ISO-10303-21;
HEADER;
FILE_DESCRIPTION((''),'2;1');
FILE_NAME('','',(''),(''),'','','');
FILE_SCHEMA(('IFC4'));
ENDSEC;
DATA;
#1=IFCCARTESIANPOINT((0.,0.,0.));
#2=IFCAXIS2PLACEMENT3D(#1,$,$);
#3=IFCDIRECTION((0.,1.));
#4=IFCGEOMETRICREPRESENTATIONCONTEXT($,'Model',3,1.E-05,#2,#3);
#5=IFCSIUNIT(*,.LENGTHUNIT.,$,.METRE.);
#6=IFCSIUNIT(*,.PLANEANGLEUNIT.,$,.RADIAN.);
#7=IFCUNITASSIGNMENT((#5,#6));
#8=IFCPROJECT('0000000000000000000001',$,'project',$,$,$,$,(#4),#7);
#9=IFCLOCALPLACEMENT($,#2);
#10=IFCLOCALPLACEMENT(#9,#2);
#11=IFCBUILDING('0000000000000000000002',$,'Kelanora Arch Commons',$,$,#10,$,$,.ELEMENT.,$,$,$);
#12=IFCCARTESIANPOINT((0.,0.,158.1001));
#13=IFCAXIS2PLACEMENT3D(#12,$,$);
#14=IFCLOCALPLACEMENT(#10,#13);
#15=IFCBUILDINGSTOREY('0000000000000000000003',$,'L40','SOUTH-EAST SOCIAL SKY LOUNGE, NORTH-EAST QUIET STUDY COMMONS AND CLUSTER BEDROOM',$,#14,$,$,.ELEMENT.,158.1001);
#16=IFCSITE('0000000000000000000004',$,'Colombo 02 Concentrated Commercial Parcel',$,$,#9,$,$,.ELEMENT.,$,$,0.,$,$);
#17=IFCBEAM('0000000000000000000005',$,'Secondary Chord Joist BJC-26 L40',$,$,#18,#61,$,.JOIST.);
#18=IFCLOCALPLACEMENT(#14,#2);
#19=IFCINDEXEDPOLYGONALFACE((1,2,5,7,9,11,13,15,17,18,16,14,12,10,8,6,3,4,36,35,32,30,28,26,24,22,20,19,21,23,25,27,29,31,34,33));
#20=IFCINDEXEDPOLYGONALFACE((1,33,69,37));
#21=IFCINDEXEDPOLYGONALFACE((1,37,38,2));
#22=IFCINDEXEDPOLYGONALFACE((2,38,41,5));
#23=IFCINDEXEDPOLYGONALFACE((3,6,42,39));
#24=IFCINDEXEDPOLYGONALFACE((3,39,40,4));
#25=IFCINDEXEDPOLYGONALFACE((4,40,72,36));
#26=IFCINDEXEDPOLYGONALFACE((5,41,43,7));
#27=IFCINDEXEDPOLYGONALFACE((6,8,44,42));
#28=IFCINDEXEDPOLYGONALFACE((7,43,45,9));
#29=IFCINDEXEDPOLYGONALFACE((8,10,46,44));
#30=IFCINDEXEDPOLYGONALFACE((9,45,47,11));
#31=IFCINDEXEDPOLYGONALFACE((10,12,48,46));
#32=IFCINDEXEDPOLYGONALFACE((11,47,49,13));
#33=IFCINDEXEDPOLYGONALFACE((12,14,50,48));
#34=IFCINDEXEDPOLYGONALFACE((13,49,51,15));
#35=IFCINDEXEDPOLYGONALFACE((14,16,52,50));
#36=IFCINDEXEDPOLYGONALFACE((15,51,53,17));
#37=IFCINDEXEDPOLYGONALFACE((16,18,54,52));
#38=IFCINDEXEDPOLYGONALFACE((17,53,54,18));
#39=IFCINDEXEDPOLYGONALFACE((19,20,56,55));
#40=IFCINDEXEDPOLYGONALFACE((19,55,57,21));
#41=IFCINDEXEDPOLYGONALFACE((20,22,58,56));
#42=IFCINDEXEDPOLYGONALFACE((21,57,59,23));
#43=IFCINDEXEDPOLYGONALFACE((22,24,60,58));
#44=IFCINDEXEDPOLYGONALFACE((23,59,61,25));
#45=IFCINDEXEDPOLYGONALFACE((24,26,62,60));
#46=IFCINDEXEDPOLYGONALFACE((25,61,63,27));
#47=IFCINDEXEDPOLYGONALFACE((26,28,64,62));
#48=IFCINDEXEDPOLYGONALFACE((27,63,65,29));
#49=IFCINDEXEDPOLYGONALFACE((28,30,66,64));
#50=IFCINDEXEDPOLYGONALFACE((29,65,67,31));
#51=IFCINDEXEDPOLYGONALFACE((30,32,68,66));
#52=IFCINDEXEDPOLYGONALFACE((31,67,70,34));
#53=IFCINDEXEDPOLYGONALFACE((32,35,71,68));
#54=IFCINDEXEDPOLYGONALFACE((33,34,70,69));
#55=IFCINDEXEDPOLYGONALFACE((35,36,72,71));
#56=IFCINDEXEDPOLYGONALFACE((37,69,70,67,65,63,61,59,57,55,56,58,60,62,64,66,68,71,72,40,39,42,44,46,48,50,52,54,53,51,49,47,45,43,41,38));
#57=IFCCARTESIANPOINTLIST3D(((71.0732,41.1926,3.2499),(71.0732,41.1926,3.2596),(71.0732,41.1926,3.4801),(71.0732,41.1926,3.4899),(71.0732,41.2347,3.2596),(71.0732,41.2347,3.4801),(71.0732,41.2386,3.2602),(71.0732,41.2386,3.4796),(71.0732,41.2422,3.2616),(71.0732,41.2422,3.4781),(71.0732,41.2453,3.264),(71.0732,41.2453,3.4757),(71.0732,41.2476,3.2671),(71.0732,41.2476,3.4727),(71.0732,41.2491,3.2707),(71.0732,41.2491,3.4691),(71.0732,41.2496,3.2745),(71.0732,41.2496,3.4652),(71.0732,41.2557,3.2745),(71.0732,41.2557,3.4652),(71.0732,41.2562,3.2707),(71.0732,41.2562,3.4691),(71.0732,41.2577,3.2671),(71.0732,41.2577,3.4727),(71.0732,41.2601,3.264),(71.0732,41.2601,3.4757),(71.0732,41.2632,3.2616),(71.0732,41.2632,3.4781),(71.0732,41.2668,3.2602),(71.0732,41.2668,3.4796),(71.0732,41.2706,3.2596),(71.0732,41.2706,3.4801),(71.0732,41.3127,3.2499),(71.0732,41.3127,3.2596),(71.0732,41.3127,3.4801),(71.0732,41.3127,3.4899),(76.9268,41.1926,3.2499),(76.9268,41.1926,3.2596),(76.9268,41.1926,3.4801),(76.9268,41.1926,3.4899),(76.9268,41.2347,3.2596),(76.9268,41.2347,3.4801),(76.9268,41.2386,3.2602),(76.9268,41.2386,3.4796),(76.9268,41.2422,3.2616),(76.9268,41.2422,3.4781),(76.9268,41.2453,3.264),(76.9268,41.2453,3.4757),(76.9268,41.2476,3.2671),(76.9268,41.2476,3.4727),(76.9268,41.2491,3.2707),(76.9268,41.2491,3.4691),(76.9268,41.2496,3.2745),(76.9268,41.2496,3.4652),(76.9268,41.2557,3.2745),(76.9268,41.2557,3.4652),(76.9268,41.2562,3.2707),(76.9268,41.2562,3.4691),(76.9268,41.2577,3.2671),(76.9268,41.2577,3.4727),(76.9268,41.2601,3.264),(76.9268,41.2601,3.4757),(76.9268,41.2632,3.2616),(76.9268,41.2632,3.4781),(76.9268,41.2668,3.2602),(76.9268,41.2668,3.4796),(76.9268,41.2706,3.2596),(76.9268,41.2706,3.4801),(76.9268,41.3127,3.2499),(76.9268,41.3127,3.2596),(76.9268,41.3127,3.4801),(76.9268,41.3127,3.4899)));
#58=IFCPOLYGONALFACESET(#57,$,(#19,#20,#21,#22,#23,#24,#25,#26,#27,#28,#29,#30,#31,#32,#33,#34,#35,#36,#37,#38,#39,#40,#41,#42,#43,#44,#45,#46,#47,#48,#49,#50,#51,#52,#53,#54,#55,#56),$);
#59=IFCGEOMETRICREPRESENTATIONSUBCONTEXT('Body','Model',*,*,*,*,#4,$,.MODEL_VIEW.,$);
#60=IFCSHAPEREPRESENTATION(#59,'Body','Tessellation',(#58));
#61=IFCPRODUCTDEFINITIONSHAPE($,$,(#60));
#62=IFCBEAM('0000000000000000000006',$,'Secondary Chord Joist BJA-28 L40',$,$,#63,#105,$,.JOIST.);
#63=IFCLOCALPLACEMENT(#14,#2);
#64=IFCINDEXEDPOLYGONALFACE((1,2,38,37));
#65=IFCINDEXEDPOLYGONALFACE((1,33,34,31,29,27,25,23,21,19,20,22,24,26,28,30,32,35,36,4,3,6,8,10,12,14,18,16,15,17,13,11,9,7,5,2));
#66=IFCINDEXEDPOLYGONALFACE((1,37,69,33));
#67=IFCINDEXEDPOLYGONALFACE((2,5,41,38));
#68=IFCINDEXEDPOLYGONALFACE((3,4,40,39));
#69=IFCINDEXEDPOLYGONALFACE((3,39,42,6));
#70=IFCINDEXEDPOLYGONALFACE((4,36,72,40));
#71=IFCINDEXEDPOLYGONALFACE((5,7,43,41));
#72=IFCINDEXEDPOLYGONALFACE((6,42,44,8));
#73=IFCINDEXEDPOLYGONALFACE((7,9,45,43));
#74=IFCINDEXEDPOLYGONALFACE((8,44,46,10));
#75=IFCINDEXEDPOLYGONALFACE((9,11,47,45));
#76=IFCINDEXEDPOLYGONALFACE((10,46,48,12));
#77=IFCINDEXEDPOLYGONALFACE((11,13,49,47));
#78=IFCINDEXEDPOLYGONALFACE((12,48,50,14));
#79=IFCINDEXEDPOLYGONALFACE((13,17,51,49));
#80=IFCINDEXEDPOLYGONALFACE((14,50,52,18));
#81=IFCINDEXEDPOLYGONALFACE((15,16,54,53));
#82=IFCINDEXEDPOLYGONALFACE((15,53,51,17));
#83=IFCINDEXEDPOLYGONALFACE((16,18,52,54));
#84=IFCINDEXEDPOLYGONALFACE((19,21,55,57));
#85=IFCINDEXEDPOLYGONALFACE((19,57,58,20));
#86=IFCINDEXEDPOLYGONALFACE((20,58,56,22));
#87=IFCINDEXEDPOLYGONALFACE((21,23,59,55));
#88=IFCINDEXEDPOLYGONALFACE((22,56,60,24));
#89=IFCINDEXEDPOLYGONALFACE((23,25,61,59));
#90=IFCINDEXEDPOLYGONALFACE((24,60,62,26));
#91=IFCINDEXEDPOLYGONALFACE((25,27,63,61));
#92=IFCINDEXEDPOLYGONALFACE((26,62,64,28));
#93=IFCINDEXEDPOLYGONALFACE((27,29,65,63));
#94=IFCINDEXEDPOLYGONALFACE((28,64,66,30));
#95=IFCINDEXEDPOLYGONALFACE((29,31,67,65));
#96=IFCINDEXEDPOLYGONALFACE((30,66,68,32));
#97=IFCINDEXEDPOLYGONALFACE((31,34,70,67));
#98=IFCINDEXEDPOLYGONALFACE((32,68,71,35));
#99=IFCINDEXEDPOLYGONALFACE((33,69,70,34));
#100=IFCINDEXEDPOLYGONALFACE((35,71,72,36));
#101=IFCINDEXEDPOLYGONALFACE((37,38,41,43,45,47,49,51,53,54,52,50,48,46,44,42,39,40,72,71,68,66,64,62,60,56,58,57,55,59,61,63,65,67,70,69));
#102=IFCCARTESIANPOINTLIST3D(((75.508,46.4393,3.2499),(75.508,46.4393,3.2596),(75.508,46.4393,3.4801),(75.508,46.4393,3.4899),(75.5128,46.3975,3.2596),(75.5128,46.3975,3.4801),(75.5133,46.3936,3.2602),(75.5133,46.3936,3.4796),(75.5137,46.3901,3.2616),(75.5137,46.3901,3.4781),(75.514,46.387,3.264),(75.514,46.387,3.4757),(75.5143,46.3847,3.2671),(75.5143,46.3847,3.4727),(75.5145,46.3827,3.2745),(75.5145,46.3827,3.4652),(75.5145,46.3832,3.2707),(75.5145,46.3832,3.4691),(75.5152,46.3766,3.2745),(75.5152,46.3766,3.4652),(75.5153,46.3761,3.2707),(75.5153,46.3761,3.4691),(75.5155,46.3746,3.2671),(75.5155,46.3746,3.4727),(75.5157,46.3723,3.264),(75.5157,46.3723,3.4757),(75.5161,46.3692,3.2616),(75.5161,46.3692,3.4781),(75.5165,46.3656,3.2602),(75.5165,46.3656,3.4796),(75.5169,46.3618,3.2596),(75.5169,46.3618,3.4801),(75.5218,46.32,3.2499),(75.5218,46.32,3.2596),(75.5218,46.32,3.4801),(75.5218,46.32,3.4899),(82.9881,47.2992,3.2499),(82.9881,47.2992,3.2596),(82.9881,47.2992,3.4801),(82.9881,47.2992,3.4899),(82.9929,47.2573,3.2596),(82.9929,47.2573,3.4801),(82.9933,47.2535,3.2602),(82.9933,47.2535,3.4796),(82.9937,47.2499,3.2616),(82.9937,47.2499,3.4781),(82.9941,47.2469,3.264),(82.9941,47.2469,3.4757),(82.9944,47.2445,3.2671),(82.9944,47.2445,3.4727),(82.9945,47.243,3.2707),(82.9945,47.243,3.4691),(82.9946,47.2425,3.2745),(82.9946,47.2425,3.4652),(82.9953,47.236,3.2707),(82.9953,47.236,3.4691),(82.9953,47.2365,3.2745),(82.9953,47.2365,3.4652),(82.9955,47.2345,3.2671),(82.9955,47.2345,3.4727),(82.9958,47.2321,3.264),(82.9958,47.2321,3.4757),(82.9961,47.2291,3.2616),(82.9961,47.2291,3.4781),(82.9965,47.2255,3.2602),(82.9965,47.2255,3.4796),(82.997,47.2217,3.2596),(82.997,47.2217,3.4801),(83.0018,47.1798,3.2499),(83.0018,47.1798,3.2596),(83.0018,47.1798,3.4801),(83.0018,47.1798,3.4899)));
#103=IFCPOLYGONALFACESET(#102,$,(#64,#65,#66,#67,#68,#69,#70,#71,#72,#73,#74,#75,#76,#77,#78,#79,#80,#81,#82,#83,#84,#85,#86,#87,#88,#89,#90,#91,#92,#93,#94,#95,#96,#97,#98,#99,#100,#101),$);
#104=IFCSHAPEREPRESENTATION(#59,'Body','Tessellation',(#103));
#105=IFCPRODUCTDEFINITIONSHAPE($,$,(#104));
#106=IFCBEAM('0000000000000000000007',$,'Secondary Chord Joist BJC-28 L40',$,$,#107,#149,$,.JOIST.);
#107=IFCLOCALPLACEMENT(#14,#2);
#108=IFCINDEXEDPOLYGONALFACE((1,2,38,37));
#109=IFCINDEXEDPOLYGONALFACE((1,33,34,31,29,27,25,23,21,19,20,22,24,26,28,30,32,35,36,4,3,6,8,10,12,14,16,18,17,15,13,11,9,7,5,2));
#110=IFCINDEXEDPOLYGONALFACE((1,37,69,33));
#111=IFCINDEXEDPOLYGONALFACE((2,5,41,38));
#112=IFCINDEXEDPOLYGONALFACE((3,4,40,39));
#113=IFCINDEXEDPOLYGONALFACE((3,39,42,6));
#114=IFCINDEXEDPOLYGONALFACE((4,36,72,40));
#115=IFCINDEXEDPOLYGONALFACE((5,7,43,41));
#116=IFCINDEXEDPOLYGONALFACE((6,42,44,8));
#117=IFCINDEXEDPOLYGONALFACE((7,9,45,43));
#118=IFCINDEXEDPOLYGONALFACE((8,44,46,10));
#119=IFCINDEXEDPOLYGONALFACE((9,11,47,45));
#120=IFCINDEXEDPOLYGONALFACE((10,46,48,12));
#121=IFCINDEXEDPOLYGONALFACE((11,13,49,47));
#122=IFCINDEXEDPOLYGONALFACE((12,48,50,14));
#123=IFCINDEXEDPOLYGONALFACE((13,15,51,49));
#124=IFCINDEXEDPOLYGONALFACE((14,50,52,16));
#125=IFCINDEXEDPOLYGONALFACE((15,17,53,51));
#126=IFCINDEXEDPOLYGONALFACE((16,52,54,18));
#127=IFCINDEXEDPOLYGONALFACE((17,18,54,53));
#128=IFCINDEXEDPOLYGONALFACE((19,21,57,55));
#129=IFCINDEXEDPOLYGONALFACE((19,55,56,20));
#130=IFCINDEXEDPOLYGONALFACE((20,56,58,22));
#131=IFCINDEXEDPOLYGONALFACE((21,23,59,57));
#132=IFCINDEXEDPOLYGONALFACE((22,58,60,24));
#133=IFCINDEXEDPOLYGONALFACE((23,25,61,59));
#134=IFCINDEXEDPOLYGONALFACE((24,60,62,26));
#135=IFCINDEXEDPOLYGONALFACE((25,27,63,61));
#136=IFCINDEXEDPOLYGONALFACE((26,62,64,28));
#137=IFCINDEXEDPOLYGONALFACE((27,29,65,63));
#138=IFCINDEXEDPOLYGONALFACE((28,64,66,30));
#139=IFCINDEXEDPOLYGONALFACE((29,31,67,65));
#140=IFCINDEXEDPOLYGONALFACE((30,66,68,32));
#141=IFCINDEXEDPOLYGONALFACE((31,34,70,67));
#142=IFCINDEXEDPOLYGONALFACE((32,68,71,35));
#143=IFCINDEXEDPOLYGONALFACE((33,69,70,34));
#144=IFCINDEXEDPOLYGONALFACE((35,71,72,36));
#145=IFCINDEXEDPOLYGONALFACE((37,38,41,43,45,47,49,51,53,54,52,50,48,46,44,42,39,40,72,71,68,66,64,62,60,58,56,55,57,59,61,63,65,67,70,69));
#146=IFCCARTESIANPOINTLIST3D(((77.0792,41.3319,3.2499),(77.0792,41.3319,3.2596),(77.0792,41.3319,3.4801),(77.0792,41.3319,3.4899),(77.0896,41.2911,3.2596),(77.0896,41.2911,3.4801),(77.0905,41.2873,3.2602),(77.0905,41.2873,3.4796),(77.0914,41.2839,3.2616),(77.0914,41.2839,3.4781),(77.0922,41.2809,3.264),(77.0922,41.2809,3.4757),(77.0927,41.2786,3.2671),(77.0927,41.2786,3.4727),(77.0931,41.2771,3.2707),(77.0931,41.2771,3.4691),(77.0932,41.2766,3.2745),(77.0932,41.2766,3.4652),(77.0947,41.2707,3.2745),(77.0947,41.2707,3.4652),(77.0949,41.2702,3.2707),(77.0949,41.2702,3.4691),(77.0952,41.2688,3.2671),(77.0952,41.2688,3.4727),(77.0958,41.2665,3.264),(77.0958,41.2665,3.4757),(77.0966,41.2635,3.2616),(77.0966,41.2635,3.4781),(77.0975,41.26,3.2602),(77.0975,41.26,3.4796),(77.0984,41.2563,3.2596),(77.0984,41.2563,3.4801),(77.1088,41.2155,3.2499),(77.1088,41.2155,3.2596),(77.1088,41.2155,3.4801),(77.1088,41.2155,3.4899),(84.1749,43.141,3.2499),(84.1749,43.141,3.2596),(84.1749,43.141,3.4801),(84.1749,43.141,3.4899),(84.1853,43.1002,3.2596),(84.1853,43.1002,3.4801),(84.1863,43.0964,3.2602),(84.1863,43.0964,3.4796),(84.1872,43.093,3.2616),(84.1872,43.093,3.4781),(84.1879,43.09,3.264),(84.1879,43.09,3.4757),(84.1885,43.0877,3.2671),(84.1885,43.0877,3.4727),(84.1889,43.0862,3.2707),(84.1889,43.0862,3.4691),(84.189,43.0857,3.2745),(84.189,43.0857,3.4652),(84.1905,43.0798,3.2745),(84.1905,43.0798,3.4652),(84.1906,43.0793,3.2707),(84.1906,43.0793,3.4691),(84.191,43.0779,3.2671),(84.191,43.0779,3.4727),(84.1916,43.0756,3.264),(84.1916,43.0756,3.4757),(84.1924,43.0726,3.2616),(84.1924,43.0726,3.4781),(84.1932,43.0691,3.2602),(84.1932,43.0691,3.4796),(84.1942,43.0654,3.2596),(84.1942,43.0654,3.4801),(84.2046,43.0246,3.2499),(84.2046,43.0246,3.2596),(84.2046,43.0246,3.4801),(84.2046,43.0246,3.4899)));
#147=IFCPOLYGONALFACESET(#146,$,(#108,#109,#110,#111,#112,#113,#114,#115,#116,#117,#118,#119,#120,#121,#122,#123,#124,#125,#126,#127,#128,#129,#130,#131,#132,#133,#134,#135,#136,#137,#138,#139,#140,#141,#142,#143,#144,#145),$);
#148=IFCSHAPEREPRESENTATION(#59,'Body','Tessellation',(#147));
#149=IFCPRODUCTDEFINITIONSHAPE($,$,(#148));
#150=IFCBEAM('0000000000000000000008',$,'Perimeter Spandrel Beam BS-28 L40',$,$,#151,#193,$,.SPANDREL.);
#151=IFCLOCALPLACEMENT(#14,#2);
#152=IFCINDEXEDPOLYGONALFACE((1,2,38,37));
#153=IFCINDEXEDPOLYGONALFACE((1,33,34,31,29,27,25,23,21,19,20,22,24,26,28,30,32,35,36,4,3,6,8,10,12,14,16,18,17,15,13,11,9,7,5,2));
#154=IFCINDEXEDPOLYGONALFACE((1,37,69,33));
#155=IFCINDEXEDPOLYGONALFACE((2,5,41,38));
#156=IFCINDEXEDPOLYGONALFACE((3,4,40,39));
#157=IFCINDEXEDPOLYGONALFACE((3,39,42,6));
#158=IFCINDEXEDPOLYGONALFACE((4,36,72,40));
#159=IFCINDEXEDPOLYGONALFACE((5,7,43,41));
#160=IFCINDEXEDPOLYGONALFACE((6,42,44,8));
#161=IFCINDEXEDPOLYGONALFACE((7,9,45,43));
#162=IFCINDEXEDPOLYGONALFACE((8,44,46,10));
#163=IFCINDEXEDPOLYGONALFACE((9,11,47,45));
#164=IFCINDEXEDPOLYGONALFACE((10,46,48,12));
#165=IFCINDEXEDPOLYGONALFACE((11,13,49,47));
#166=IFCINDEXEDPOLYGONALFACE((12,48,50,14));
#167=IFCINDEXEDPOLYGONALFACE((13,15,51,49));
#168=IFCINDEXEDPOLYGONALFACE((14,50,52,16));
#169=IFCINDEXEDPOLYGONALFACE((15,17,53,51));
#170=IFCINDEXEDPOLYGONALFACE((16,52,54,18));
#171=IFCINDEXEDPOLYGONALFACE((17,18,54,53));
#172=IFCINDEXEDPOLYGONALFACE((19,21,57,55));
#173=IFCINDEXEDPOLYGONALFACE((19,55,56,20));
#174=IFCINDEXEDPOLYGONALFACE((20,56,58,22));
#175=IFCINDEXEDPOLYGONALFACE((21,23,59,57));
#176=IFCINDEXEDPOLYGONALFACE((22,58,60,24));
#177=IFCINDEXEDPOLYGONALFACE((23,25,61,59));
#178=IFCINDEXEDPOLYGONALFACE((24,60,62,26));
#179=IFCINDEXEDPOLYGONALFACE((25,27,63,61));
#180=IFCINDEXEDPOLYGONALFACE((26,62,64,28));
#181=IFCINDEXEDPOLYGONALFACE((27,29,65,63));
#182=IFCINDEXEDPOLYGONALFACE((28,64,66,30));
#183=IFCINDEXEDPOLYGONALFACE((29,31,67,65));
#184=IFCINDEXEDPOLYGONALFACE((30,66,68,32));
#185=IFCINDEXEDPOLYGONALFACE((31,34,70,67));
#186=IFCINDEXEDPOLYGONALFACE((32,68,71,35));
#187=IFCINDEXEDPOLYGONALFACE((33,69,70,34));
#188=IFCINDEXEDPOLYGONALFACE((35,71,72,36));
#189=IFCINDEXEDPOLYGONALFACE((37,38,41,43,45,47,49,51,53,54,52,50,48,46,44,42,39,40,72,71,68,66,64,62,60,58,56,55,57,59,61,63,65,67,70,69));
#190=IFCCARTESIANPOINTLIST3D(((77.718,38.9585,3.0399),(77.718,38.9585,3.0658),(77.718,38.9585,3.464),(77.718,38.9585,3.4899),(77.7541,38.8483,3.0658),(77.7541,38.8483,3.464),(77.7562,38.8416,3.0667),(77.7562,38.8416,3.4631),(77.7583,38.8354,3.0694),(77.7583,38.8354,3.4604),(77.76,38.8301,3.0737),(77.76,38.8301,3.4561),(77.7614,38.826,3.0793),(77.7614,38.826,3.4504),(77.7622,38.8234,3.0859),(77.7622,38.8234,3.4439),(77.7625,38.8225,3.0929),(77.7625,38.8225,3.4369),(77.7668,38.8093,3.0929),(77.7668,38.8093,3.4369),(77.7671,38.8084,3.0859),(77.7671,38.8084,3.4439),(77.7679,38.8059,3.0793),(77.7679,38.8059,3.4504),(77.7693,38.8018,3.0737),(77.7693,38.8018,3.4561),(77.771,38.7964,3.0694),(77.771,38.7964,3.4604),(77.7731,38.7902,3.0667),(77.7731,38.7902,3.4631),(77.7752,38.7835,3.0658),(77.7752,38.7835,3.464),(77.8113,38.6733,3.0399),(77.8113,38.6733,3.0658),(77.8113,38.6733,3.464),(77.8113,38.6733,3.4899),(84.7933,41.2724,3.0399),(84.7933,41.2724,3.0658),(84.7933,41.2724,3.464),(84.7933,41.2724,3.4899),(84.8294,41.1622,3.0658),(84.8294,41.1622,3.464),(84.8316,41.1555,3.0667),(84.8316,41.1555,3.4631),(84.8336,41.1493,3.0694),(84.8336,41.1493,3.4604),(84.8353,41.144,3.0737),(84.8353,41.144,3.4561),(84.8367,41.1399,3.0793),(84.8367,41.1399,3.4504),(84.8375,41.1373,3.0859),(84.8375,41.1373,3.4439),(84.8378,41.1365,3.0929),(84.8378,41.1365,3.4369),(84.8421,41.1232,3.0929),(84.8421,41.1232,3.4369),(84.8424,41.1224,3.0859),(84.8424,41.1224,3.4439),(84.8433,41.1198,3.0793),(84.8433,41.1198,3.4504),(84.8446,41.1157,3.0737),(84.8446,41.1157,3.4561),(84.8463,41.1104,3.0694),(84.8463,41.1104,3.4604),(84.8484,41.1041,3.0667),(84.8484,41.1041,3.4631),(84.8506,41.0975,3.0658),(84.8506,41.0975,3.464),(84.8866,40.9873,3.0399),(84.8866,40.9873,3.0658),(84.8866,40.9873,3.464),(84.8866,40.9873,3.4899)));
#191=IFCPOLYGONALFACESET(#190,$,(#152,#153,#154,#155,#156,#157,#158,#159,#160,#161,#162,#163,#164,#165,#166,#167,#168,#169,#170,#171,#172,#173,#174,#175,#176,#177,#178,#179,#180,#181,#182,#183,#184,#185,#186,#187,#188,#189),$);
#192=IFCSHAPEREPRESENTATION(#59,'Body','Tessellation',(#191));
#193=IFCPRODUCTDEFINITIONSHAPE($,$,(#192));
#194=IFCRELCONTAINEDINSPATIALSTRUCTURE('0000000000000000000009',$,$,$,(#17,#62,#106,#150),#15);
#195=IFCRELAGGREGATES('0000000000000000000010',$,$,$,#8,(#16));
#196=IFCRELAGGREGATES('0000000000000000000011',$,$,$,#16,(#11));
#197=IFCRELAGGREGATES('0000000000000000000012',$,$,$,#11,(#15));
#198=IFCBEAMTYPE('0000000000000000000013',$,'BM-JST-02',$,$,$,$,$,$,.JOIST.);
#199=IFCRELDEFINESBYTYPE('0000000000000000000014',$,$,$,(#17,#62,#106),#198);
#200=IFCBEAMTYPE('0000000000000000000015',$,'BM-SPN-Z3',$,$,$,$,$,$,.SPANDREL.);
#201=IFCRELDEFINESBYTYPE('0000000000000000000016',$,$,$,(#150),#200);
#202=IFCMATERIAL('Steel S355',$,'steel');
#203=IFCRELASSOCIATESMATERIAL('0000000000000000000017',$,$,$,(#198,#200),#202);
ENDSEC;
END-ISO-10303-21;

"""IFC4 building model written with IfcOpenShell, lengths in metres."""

from ifc_helpers import new_model, si_unit, direction, frame, origin, origin_2d, place, context, subcontext, project, spatial, i_section, extrude, material, material_profile, profile_set, type_object, element, save


model = new_model("IFC4")

# Units and contexts
model_context = context("Model", 3, precision=1e-05, world=origin(), true_north=direction((0.0, 1.0)))
body_context = subcontext(model_context, "Body", "Model", "MODEL_VIEW")
ifc_project = project(units=[si_unit("LENGTHUNIT", "METRE"), si_unit("PLANEANGLEUNIT", "RADIAN")], contexts=[model_context])

# Site, building, storey
site_placement = place(None, origin())
site = spatial("IfcSite", under=ifc_project, at=site_placement, Name="Colombo 02 Concentrated Commercial Parcel", CompositionType="ELEMENT", RefElevation=0.0)
building_placement = place(site_placement, origin())
building = spatial("IfcBuilding", under=site, at=building_placement, Name="Kelanora Arch Commons", CompositionType="ELEMENT")
storey_placement = place(building_placement, frame((0.0, 0.0, 158.1001)))
storey = spatial("IfcBuildingStorey", under=building, at=storey_placement, Name="L40", Description="SOUTH-EAST SOCIAL SKY LOUNGE, NORTH-EAST QUIET STUDY COMMONS AND CLUSTER BEDROOM", CompositionType="ELEMENT", Elevation=158.1001)

# Beams
ifc_material_1 = material(Name="Steel S355", Category="steel")
ifc_material_profile_1 = material_profile(ifc_material_1, i_section(OverallWidth=0.1201, OverallDepth=0.24, WebThickness=0.0061, FlangeThickness=0.0098, FilletRadius=0.0149, at=origin_2d()), Name="IPE240")
ifc_profile_set_1 = profile_set([ifc_material_profile_1], Name="Steel S355")
beam_type_1 = type_object("IfcBeamType", Name="BM-JST-02", PredefinedType="JOIST", material=ifc_profile_set_1)
beam_1_placement = place(storey_placement, frame((71.0732, 41.2527, 3.3699), z_axis=(1.0, 0.0, 0.0), x_axis=(0.0, 1.0, 0.0)))
element("IfcBeam", 1, at=beam_1_placement, inside=storey, type_object=beam_type_1, Name="Secondary Chord Joist BJC-26 L40", PredefinedType="JOIST", context=body_context, shape_type="SweptSolid", body=[
    extrude(i_section(OverallWidth=0.1201, OverallDepth=0.24, WebThickness=0.0061, FlangeThickness=0.0098, FilletRadius=0.0149, at=origin_2d()), origin(), (0.0, 0.0, 1.0), 5.8535),
])
beam_2_placement = place(storey_placement, frame((75.5149, 46.3796, 3.3699), z_axis=(0.993457, 0.114203, 0.0), x_axis=(-0.114203, 0.993457, 0.0)))
element("IfcBeam", 2, at=beam_2_placement, inside=storey, type_object=beam_type_1, Name="Secondary Chord Joist BJA-28 L40", PredefinedType="JOIST", context=body_context, shape_type="SweptSolid", body=[
    extrude(i_section(OverallWidth=0.1201, OverallDepth=0.24, WebThickness=0.0061, FlangeThickness=0.0098, FilletRadius=0.0149, at=origin_2d()), origin(), (0.0, 0.0, 1.0), 7.5293),
])
beam_3_placement = place(storey_placement, frame((77.094, 41.2737, 3.3699), z_axis=(0.969002, 0.247052, 0.0), x_axis=(-0.247052, 0.969002, 0.0)))
element("IfcBeam", 3, at=beam_3_placement, inside=storey, type_object=beam_type_1, Name="Secondary Chord Joist BJC-28 L40", PredefinedType="JOIST", context=body_context, shape_type="SweptSolid", body=[
    extrude(i_section(OverallWidth=0.1201, OverallDepth=0.24, WebThickness=0.0061, FlangeThickness=0.0098, FilletRadius=0.0149, at=origin_2d()), origin(), (0.0, 0.0, 1.0), 7.3228),
])
ifc_material_profile_2 = material_profile(ifc_material_1, i_section(OverallWidth=0.3, OverallDepth=0.45, WebThickness=0.0139, FlangeThickness=0.0259, FilletRadius=0.0271, at=origin_2d()), Name="HEB450")
ifc_profile_set_2 = profile_set([ifc_material_profile_2], Name="Steel S355")
beam_type_2 = type_object("IfcBeamType", Name="BM-SPN-Z3", PredefinedType="SPANDREL", material=ifc_profile_set_2)
beam_4_placement = place(storey_placement, frame((77.7646, 38.8159, 3.2649), z_axis=(0.950462, 0.310841, 0.0), x_axis=(-0.310841, 0.950462, 0.0)))
element("IfcBeam", 4, at=beam_4_placement, inside=storey, type_object=beam_type_2, Name="Perimeter Spandrel Beam BS-28 L40", PredefinedType="SPANDREL", context=body_context, shape_type="SweptSolid", body=[
    extrude(i_section(OverallWidth=0.3, OverallDepth=0.45, WebThickness=0.0139, FlangeThickness=0.0259, FilletRadius=0.0271, at=origin_2d()), origin(), (0.0, 0.0, 1.0), 7.4441),
])

save(model, "model.ifc")
